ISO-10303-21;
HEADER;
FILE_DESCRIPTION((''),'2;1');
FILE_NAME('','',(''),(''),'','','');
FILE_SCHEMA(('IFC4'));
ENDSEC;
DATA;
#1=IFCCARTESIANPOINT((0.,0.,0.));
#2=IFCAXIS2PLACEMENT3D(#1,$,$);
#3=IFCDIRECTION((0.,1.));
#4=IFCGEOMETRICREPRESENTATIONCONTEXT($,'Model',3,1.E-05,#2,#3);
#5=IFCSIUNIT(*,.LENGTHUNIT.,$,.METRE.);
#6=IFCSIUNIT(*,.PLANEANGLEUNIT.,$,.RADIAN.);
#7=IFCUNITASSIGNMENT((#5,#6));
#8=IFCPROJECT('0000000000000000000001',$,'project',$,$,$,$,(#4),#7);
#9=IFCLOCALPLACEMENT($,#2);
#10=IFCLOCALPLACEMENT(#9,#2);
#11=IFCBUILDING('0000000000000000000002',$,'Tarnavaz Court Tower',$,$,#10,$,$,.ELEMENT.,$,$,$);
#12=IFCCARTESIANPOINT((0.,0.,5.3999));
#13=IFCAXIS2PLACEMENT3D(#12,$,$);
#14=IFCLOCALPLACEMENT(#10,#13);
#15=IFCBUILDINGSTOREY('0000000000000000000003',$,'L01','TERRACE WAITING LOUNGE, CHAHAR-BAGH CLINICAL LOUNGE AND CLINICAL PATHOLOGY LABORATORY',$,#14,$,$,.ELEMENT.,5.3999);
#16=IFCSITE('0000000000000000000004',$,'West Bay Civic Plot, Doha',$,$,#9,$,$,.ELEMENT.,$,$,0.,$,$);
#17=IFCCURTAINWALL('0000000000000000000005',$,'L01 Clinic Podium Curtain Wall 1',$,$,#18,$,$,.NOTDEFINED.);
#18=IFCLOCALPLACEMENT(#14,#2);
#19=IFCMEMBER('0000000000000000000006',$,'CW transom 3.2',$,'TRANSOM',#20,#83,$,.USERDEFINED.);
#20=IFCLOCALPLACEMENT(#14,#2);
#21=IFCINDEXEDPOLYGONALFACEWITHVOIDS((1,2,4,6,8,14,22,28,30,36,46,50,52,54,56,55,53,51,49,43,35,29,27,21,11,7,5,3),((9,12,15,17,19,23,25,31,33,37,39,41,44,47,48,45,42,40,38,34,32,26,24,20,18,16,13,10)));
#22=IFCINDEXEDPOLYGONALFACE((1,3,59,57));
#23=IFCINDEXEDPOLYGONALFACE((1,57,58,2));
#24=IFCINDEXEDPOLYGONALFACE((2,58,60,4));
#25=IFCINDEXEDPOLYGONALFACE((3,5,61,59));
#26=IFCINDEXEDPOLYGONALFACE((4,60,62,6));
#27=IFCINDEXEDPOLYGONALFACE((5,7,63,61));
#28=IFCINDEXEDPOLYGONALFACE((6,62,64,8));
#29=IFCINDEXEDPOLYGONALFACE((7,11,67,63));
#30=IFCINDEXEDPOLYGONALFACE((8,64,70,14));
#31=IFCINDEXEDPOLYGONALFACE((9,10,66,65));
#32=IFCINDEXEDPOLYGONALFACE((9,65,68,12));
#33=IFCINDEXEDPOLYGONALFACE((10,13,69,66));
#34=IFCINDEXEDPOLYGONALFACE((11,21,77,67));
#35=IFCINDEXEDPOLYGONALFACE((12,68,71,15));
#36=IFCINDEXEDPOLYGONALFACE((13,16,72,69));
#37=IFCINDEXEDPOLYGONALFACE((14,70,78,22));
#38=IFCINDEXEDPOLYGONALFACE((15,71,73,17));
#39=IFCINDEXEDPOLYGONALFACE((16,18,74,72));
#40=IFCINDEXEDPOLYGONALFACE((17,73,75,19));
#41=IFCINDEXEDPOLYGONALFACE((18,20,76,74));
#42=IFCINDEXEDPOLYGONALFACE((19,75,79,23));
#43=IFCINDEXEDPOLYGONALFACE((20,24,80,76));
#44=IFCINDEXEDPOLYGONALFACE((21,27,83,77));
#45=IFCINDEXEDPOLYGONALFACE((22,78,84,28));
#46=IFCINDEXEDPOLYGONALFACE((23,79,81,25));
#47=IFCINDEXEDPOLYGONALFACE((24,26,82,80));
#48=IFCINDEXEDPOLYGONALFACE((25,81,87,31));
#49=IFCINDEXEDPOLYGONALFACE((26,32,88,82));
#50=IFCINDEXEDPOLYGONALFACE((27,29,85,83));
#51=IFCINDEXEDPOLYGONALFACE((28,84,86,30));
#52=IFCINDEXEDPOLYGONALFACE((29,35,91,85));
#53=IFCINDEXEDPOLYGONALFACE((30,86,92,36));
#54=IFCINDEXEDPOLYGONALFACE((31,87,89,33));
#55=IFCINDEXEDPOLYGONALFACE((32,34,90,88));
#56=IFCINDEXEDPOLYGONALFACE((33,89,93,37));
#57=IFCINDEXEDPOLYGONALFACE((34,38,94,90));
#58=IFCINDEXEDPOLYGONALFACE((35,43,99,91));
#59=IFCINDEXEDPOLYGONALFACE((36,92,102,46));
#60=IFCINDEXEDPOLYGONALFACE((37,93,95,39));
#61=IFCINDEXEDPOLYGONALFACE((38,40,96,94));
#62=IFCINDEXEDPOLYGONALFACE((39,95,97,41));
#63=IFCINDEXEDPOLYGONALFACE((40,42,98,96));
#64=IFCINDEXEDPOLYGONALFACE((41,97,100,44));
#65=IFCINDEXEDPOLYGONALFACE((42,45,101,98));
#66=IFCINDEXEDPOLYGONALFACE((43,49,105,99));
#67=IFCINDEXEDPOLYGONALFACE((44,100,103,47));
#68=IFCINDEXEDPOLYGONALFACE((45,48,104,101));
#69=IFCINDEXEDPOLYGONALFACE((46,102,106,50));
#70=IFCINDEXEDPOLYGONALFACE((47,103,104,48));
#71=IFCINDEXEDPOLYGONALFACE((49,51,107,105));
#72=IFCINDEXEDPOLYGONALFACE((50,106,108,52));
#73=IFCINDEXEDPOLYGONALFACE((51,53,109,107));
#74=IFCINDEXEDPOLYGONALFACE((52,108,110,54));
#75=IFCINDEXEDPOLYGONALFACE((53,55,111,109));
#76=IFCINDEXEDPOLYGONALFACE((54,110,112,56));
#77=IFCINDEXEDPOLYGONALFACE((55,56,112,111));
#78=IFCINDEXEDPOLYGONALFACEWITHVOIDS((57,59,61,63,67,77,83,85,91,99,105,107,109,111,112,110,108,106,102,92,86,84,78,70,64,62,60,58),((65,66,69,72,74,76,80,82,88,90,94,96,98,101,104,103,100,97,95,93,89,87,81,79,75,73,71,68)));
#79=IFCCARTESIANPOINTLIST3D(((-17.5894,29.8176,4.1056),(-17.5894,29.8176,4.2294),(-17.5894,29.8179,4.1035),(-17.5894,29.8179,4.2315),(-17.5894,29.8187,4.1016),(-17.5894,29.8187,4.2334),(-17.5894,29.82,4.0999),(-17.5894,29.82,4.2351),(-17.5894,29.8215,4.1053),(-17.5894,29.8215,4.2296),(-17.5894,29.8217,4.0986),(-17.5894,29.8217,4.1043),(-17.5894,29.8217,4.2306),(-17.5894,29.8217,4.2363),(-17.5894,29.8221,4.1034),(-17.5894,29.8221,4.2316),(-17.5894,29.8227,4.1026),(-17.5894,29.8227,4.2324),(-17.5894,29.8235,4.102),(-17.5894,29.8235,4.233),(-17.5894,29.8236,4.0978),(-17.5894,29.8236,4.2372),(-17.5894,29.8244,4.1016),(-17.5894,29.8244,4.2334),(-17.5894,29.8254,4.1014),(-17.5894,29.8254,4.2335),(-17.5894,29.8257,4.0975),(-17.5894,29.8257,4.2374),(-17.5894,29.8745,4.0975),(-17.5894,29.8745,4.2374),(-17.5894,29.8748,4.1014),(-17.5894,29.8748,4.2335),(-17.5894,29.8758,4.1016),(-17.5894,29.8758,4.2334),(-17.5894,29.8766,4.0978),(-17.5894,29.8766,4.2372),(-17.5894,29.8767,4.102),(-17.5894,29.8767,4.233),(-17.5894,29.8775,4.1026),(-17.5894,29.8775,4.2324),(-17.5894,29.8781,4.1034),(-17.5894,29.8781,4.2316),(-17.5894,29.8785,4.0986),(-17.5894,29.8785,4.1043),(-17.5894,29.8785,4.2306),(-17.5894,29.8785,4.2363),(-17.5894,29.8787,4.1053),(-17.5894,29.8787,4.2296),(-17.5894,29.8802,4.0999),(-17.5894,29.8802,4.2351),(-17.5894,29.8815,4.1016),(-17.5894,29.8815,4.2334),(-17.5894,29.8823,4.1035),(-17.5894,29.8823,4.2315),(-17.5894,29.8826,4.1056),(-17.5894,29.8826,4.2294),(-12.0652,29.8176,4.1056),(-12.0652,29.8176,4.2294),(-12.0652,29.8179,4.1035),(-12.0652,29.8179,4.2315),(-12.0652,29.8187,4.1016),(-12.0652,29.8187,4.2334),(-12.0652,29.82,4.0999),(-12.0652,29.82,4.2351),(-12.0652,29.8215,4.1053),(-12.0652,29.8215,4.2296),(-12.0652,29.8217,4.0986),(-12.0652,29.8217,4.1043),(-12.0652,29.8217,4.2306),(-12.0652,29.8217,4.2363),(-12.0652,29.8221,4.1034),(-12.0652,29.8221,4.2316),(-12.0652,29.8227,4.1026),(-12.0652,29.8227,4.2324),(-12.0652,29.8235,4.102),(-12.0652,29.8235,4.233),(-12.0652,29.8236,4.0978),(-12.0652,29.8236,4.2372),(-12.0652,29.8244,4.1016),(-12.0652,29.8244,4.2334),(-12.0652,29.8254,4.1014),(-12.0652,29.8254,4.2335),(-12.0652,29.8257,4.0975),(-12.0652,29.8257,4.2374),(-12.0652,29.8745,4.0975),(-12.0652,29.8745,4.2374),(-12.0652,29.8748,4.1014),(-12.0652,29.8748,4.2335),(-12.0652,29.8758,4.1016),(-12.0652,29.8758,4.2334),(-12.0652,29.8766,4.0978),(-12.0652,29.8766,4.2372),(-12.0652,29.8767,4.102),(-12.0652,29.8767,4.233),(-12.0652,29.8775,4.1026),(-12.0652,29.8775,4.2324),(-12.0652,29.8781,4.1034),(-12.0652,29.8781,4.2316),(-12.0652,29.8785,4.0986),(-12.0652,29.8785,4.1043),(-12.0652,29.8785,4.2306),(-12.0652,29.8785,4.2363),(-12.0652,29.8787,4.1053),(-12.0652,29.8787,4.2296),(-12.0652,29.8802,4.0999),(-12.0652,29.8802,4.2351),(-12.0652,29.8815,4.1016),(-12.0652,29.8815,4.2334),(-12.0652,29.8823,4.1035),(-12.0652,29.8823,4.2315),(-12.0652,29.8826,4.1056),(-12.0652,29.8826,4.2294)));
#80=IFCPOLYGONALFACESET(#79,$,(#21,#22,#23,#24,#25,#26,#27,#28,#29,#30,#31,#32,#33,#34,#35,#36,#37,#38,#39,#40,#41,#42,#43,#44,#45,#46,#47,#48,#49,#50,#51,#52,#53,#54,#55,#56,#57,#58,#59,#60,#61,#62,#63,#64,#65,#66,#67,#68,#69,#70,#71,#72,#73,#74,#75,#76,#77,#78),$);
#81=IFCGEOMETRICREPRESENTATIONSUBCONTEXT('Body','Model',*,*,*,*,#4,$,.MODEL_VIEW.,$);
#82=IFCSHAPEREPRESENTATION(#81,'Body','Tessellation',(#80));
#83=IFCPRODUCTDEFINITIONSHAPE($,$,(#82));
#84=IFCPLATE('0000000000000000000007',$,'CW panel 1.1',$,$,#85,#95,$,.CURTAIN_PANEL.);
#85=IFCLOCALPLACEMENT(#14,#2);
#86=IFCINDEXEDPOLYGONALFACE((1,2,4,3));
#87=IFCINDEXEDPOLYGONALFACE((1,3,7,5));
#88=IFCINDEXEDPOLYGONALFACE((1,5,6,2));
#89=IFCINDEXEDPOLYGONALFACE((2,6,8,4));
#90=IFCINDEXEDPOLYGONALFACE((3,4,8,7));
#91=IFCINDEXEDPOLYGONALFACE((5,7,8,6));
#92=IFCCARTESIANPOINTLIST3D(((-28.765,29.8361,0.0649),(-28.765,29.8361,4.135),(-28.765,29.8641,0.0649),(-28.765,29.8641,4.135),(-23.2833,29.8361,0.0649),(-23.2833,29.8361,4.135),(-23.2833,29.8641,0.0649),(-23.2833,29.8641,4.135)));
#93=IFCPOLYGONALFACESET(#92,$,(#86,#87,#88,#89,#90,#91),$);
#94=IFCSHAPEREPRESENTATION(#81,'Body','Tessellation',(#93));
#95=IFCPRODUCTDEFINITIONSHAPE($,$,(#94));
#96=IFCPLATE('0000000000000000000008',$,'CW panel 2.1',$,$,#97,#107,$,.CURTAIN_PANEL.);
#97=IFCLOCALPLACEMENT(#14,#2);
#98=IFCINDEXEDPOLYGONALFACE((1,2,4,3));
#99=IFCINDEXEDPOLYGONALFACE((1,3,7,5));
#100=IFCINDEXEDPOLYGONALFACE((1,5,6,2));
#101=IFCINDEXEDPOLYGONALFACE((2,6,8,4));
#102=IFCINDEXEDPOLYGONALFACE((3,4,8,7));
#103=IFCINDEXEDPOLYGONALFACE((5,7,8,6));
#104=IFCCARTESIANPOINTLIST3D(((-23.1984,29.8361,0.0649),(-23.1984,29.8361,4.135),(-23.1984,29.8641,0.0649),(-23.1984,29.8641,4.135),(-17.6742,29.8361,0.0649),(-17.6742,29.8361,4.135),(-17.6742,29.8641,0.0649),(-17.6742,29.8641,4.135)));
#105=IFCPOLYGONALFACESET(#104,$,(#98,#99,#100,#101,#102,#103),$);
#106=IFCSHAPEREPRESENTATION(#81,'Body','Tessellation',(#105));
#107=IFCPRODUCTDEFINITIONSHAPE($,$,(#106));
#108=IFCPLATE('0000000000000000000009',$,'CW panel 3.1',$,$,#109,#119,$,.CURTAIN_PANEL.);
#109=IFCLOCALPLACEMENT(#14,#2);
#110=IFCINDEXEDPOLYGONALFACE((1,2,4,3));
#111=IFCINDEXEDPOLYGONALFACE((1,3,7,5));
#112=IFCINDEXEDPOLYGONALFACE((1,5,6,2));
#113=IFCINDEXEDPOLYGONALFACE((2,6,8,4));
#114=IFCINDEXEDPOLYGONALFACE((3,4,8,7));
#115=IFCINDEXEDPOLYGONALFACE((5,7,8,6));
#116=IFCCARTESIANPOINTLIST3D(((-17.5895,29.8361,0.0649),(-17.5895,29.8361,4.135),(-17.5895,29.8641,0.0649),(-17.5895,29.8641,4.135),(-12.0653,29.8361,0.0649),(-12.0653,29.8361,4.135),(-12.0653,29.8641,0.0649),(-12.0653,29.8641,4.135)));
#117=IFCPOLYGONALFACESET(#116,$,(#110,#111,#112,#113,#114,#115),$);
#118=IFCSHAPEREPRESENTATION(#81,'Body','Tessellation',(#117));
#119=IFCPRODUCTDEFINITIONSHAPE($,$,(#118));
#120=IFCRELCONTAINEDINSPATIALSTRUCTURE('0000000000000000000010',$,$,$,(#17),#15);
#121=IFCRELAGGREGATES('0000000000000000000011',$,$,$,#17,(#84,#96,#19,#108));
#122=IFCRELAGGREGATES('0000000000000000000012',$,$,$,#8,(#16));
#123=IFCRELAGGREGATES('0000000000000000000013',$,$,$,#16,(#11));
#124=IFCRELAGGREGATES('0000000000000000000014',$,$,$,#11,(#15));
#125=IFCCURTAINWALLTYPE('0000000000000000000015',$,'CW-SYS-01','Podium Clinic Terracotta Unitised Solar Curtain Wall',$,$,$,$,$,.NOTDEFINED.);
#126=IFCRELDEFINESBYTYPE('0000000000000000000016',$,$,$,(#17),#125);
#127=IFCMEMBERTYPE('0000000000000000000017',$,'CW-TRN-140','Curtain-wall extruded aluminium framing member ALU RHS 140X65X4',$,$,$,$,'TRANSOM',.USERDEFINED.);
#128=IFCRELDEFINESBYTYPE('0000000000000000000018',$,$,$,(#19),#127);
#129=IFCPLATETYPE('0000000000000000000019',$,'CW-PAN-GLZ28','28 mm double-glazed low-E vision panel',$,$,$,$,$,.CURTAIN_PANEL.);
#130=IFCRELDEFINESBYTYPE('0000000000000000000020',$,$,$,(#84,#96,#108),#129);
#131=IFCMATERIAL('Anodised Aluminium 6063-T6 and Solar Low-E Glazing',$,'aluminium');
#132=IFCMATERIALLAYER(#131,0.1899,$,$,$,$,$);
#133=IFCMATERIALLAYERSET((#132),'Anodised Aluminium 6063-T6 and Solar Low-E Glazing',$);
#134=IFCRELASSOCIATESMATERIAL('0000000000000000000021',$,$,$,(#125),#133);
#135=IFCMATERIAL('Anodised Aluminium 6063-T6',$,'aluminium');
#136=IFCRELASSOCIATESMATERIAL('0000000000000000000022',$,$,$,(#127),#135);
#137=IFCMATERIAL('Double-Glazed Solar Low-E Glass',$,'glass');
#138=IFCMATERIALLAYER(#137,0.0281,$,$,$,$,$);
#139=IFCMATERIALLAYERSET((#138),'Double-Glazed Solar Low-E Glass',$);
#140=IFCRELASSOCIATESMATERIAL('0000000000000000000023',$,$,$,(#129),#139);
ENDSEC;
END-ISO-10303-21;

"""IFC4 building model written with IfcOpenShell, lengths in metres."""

from ifc_helpers import new_model, si_unit, direction, frame, origin, origin_2d, place, context, subcontext, project, spatial, rectangle, hollow_rectangle, extrude, material, layer, layer_set, material_profile, profile_set, type_object, element, aggregate, save


model = new_model("IFC4")

# Units and contexts
model_context = context("Model", 3, precision=1e-05, world=origin(), true_north=direction((0.0, 1.0)))
body_context = subcontext(model_context, "Body", "Model", "MODEL_VIEW")
ifc_project = project(units=[si_unit("LENGTHUNIT", "METRE"), si_unit("PLANEANGLEUNIT", "RADIAN")], contexts=[model_context])

# Site, building, storey
site_placement = place(None, origin())
site = spatial("IfcSite", under=ifc_project, at=site_placement, Name="West Bay Civic Plot, Doha", CompositionType="ELEMENT", RefElevation=0.0)
building_placement = place(site_placement, origin())
building = spatial("IfcBuilding", under=site, at=building_placement, Name="Tarnavaz Court Tower", CompositionType="ELEMENT")
storey_placement = place(building_placement, frame((0.0, 0.0, 5.3999)))
storey = spatial("IfcBuildingStorey", under=building, at=storey_placement, Name="L01", Description="TERRACE WAITING LOUNGE, CHAHAR-BAGH CLINICAL LOUNGE AND CLINICAL PATHOLOGY LABORATORY", CompositionType="ELEMENT", Elevation=5.3999)

# Curtain wall, member, plates
ifc_material_1 = material(Name="Anodised Aluminium 6063-T6 and Solar Low-E Glazing", Category="aluminium")
ifc_layer_1 = layer(ifc_material_1, 0.1899)
ifc_layer_set_1 = layer_set([ifc_layer_1], Name="Anodised Aluminium 6063-T6 and Solar Low-E Glazing")
curtain_wall_type = type_object("IfcCurtainWallType", Name="CW-SYS-01", Description="Podium Clinic Terracotta Unitised Solar Curtain Wall", PredefinedType="NOTDEFINED", material=ifc_layer_set_1)
curtain_wall_placement = place(storey_placement, origin())
curtain_wall = element("IfcCurtainWall", 1, at=curtain_wall_placement, inside=storey, type_object=curtain_wall_type, Name="L01 Clinic Podium Curtain Wall 1", PredefinedType="NOTDEFINED")
ifc_material_2 = material(Name="Anodised Aluminium 6063-T6", Category="aluminium")
ifc_material_profile_1 = material_profile(ifc_material_2, hollow_rectangle(XDim=0.0649, YDim=0.1399, WallThickness=0.0039, InnerFilletRadius=0.0039, OuterFilletRadius=0.0081, at=origin_2d()), Name="ALU RHS 140X65X4")
ifc_profile_set_1 = profile_set([ifc_material_profile_1], Name="Anodised Aluminium 6063-T6")
member_type_1 = type_object("IfcMemberType", Name="CW-TRN-140", Description="Curtain-wall extruded aluminium framing member ALU RHS 140X65X4", ElementType="TRANSOM", PredefinedType="USERDEFINED", material=ifc_profile_set_1)
member_1_placement = place(storey_placement, frame((-17.5894, 29.8501, 4.1675), z_axis=(1.0, 0.0, 0.0), x_axis=(0.0, 1.0, 0.0)))
member_1 = element("IfcMember", 2, at=member_1_placement, type_object=member_type_1, Name="CW transom 3.2", ObjectType="TRANSOM", PredefinedType="USERDEFINED", context=body_context, shape_type="SweptSolid", body=[
    extrude(hollow_rectangle(XDim=0.0649, YDim=0.1399, WallThickness=0.0039, InnerFilletRadius=0.0039, OuterFilletRadius=0.0081, at=origin_2d()), origin(), (0.0, 0.0, 1.0), 5.5242),
])
ifc_material_3 = material(Name="Double-Glazed Solar Low-E Glass", Category="glass")
ifc_layer_2 = layer(ifc_material_3, 0.0281)
ifc_layer_set_2 = layer_set([ifc_layer_2], Name="Double-Glazed Solar Low-E Glass")
plate_type = type_object("IfcPlateType", Name="CW-PAN-GLZ28", Description="28 mm double-glazed low-E vision panel", PredefinedType="CURTAIN_PANEL", material=ifc_layer_set_2)
plate_1_placement = place(storey_placement, frame((-26.0242, 29.8501, 0.0649), z_axis=(0.0, 0.0, 1.0), x_axis=(1.0, 0.0, 0.0)))
plate_1 = element("IfcPlate", 3, at=plate_1_placement, type_object=plate_type, Name="CW panel 1.1", PredefinedType="CURTAIN_PANEL", context=body_context, shape_type="SweptSolid", body=[
    extrude(rectangle(XDim=5.4817, YDim=0.0281, at=origin_2d()), origin(), (0.0, 0.0, 1.0), 4.0701),
])
plate_2_placement = place(storey_placement, frame((-20.4363, 29.8501, 0.0649), z_axis=(0.0, 0.0, 1.0), x_axis=(1.0, 0.0, 0.0)))
plate_2 = element("IfcPlate", 4, at=plate_2_placement, type_object=plate_type, Name="CW panel 2.1", PredefinedType="CURTAIN_PANEL", context=body_context, shape_type="SweptSolid", body=[
    extrude(rectangle(XDim=5.5242, YDim=0.0281, at=origin_2d()), origin(), (0.0, 0.0, 1.0), 4.0701),
])
plate_3_placement = place(storey_placement, frame((-14.8274, 29.8501, 0.0649), z_axis=(0.0, 0.0, 1.0), x_axis=(1.0, 0.0, 0.0)))
plate_3 = element("IfcPlate", 5, at=plate_3_placement, type_object=plate_type, Name="CW panel 3.1", PredefinedType="CURTAIN_PANEL", context=body_context, shape_type="SweptSolid", body=[
    extrude(rectangle(XDim=5.5242, YDim=0.0281, at=origin_2d()), origin(), (0.0, 0.0, 1.0), 4.0701),
])
aggregate(curtain_wall, [plate_1, plate_2, member_1, plate_3])

save(model, "model.ifc")
